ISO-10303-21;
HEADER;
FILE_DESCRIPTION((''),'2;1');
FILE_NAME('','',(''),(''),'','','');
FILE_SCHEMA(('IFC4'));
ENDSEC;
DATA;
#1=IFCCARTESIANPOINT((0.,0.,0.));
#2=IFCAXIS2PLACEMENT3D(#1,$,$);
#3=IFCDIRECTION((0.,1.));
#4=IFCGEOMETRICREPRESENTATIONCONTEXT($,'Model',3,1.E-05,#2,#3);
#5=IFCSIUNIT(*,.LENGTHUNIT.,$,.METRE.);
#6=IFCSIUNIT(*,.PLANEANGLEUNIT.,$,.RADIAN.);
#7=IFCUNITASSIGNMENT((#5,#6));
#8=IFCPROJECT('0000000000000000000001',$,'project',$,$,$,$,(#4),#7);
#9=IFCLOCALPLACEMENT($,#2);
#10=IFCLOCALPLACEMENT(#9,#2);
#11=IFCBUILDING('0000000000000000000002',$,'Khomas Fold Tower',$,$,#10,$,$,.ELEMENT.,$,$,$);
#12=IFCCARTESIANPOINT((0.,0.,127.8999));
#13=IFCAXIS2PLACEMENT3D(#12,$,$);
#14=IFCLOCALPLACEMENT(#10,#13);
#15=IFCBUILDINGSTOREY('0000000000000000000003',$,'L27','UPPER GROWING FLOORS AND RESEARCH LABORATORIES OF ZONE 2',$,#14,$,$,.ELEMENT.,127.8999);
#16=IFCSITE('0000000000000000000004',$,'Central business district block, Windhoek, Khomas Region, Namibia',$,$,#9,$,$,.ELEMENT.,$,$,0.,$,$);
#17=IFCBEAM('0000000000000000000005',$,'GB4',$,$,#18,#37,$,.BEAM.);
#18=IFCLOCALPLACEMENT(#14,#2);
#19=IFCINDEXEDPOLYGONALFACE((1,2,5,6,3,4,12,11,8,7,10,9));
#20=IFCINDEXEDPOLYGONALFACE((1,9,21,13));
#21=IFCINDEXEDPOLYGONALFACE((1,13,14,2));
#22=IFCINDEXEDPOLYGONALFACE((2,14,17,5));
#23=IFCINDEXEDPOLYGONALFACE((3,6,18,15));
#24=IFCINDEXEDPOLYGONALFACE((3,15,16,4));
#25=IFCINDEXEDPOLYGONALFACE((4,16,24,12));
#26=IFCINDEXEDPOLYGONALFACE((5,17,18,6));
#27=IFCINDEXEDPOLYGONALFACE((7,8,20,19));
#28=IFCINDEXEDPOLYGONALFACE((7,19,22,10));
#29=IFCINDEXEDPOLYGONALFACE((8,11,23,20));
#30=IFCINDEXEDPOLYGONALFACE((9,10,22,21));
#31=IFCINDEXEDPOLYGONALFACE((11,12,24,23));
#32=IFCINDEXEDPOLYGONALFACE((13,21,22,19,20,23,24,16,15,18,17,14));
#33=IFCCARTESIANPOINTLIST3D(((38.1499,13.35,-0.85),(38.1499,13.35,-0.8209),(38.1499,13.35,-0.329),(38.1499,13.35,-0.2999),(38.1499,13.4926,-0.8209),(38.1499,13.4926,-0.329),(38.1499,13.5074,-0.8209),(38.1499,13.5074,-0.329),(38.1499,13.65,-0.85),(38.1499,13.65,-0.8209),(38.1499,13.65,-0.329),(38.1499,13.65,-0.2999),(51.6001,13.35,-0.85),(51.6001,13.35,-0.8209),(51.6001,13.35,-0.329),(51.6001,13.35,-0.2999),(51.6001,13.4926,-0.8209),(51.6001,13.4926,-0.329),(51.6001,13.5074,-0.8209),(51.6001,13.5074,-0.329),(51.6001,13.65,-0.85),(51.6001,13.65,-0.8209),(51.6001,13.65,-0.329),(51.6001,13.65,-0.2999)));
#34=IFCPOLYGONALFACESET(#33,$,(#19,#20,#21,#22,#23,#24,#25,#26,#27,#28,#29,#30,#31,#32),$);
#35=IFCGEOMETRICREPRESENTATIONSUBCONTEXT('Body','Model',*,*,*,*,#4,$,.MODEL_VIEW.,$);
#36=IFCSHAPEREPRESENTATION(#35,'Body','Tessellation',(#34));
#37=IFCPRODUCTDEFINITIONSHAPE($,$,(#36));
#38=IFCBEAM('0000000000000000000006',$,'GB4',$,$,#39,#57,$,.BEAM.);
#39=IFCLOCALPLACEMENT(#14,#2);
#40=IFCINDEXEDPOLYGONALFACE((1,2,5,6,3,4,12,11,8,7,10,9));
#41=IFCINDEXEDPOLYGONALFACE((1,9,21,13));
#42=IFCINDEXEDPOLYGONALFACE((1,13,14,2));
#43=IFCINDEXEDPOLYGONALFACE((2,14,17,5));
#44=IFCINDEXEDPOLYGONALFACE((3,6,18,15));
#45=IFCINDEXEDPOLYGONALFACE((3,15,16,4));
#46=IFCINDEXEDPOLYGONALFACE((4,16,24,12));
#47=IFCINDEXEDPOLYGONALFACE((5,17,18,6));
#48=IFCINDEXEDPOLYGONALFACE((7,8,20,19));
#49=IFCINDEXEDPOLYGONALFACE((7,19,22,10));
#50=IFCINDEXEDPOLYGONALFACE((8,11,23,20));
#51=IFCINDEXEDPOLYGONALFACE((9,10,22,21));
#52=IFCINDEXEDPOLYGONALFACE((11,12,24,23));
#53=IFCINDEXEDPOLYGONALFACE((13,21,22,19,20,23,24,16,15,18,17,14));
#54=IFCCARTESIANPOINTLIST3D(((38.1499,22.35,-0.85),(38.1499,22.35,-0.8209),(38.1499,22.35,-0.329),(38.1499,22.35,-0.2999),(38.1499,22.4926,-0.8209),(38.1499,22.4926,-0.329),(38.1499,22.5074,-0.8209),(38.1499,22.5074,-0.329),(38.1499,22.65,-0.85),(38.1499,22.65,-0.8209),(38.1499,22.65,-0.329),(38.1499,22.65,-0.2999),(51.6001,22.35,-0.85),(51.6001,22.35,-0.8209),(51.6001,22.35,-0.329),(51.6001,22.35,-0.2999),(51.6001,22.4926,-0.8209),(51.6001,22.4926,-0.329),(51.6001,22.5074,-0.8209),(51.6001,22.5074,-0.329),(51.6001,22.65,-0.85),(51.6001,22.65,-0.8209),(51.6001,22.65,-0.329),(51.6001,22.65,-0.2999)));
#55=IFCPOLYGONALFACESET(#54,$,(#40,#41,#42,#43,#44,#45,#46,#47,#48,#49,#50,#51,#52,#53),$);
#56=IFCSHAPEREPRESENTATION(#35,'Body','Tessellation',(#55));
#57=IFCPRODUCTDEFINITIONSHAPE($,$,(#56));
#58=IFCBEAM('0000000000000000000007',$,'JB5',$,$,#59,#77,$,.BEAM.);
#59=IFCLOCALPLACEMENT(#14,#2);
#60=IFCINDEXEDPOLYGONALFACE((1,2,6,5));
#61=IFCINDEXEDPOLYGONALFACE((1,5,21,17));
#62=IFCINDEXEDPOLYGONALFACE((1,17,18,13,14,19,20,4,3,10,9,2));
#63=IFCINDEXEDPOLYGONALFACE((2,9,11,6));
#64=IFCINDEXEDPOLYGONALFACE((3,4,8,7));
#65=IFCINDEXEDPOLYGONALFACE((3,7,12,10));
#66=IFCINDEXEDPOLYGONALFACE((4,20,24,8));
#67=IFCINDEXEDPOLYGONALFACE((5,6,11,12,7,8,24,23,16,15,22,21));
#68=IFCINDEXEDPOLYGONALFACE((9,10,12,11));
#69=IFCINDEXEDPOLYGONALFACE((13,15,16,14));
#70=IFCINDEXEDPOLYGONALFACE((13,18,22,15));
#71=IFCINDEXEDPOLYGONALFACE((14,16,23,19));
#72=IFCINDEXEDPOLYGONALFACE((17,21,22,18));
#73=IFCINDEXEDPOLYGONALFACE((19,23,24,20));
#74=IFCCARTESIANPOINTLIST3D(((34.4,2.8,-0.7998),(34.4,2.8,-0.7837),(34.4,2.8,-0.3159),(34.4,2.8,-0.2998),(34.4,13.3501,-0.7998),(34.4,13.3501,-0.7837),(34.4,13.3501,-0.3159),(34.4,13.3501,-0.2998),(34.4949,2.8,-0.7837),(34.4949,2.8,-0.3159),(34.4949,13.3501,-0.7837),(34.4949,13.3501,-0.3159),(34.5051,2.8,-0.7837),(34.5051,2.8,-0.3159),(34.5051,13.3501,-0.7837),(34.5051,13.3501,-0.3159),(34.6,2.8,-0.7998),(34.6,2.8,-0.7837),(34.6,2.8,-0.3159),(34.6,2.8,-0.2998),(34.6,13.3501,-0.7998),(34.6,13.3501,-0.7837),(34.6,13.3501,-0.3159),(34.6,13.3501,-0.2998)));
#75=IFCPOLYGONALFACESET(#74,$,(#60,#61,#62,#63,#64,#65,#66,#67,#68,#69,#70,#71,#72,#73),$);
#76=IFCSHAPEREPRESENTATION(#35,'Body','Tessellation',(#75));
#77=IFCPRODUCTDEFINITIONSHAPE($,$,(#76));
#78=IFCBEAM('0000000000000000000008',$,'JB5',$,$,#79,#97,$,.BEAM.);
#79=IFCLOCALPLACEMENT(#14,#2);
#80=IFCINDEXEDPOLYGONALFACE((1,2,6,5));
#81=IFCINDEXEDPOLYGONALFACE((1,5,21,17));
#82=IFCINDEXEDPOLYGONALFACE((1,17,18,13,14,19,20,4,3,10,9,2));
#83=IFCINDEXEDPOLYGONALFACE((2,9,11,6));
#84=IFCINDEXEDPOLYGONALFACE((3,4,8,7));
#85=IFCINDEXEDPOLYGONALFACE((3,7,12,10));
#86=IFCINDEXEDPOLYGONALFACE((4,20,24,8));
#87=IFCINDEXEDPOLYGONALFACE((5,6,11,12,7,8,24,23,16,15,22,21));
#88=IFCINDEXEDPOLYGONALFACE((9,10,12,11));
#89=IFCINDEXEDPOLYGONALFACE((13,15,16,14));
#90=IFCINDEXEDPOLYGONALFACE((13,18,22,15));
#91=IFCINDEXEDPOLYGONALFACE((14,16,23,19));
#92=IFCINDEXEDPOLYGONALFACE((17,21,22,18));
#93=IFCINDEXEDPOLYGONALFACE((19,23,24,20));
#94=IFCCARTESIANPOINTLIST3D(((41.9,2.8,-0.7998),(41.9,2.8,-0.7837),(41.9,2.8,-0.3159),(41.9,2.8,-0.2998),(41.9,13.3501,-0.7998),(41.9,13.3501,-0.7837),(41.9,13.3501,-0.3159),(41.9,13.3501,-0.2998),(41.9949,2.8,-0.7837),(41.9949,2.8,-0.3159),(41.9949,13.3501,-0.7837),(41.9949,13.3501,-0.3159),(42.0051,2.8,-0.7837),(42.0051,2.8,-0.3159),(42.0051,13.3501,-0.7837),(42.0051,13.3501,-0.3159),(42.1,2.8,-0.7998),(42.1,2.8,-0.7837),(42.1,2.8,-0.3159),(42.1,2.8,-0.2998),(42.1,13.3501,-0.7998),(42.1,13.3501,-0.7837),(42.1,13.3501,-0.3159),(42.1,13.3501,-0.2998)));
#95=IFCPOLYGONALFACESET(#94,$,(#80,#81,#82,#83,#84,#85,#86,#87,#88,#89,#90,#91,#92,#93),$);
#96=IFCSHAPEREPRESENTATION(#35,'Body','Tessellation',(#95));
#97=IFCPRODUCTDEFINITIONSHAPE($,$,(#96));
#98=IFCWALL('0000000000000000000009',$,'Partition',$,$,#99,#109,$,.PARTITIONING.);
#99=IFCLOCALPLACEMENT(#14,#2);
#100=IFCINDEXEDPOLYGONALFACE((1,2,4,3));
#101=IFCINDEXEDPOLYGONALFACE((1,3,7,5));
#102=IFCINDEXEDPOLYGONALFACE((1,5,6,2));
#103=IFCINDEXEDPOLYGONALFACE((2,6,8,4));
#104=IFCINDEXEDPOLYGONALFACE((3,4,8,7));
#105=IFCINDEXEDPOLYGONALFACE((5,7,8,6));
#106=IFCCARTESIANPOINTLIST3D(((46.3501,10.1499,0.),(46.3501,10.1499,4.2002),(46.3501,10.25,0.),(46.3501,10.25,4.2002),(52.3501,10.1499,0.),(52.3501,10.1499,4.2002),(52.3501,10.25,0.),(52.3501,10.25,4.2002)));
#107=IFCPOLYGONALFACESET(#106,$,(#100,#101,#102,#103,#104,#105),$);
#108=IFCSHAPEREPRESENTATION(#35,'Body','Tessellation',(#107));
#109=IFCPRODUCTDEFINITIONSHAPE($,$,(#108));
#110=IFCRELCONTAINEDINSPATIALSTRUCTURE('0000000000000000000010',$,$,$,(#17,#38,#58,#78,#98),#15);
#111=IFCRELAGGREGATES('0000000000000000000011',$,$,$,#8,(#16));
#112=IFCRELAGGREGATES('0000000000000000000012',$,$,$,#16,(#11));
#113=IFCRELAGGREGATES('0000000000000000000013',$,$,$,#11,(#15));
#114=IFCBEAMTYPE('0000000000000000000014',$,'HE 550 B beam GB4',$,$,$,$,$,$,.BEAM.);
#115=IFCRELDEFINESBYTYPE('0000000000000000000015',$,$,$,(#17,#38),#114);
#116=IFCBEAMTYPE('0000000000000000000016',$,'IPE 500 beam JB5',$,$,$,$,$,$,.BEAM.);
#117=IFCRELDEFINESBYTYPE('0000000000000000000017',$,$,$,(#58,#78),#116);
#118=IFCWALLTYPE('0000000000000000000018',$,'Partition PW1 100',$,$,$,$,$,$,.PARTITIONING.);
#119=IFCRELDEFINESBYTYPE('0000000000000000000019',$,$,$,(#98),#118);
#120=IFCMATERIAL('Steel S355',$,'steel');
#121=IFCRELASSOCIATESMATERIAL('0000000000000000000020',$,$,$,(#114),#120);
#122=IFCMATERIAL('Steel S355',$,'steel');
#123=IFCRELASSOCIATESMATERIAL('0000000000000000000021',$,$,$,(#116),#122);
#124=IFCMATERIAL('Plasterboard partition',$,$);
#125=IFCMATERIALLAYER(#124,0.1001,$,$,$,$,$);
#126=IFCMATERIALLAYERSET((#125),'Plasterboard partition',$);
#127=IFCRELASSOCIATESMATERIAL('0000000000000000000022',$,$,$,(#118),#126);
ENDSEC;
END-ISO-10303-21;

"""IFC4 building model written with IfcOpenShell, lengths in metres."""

from ifc_helpers import new_model, si_unit, direction, frame, frame_2d, origin, origin_2d, place, context, subcontext, project, spatial, rectangle, i_section, extrude, source, transform, mapped, material, layer, layer_set, material_profile, profile_set, type_object, element, save


model = new_model("IFC4")

# Units and contexts
model_context = context("Model", 3, precision=1e-05, world=origin(), true_north=direction((0.0, 1.0)))
body_context = subcontext(model_context, "Body", "Model", "MODEL_VIEW")
ifc_project = project(units=[si_unit("LENGTHUNIT", "METRE"), si_unit("PLANEANGLEUNIT", "RADIAN")], contexts=[model_context])

# Site, building, storey
site_placement = place(None, origin())
site = spatial("IfcSite", under=ifc_project, at=site_placement, Name="Central business district block, Windhoek, Khomas Region, Namibia", CompositionType="ELEMENT", RefElevation=0.0)
building_placement = place(site_placement, origin())
building = spatial("IfcBuilding", under=site, at=building_placement, Name="Khomas Fold Tower", CompositionType="ELEMENT")
storey_placement = place(building_placement, frame((0.0, 0.0, 127.8999)))
storey = spatial("IfcBuildingStorey", under=building, at=storey_placement, Name="L27", Description="UPPER GROWING FLOORS AND RESEARCH LABORATORIES OF ZONE 2", CompositionType="ELEMENT", Elevation=127.8999)

# Beams
ifc_material_1 = material(Name="Steel S355", Category="steel")
ifc_material_profile_1 = material_profile(ifc_material_1, i_section(OverallWidth=0.3, OverallDepth=0.55, WebThickness=0.0149, FlangeThickness=0.0291, at=origin_2d()), Name="HE 550 B")
ifc_profile_set_1 = profile_set([ifc_material_profile_1], Name="Steel S355")
beam_type_1 = type_object("IfcBeamType", Name="HE 550 B beam GB4", PredefinedType="BEAM", material=ifc_profile_set_1)
shared_shape_1 = source(origin(), body_context, "Body", "SweptSolid", [
    extrude(i_section(OverallWidth=0.3, OverallDepth=0.55, WebThickness=0.0149, FlangeThickness=0.0291, at=origin_2d()), origin(), (0.0, 0.0, 1.0), 13.4502),
])
for number, where, z_axis, x_axis, name in (
    (1, (38.1499, 13.5, -0.575), (1.0, 0.0, 0.0), (0.0, 1.0, 0.0), "GB4"),
    (2, (38.1499, 22.5, -0.575), (1.0, 0.0, 0.0), (0.0, 1.0, 0.0), "GB4"),
):
    element("IfcBeam", number, at=place(storey_placement, frame(where, z_axis=z_axis, x_axis=x_axis)), inside=storey, type_object=beam_type_1, Name=name, PredefinedType="BEAM", context=body_context, shape_type="MappedRepresentation", body=[
        mapped(shared_shape_1, transform((0.0, 0.0, 0.0))),
    ])
ifc_material_2 = material(Name="Steel S355", Category="steel")
ifc_material_profile_2 = material_profile(ifc_material_2, i_section(OverallWidth=0.2, OverallDepth=0.5, WebThickness=0.0103, FlangeThickness=0.0161, at=origin_2d()), Name="IPE 500")
ifc_profile_set_2 = profile_set([ifc_material_profile_2], Name="Steel S355")
beam_type_2 = type_object("IfcBeamType", Name="IPE 500 beam JB5", PredefinedType="BEAM", material=ifc_profile_set_2)
shared_shape_2 = source(origin(), body_context, "Body", "SweptSolid", [
    extrude(i_section(OverallWidth=0.2, OverallDepth=0.5, WebThickness=0.0103, FlangeThickness=0.0161, at=origin_2d()), origin(), (0.0, 0.0, 1.0), 10.55),
])
for number, where, z_axis, x_axis, name in (
    (3, (34.5, 2.8, -0.5498), (0.0, 1.0, 0.0), (-1.0, 0.0, 0.0), "JB5"),
    (4, (42.0, 2.8, -0.5498), (0.0, 1.0, 0.0), (-1.0, 0.0, 0.0), "JB5"),
):
    element("IfcBeam", number, at=place(storey_placement, frame(where, z_axis=z_axis, x_axis=x_axis)), inside=storey, type_object=beam_type_2, Name=name, PredefinedType="BEAM", context=body_context, shape_type="MappedRepresentation", body=[
        mapped(shared_shape_2, transform((0.0, 0.0, 0.0))),
    ])

# Wall
ifc_material_3 = material(Name="Plasterboard partition")
ifc_layer_1 = layer(ifc_material_3, 0.1001)
ifc_layer_set_1 = layer_set([ifc_layer_1], Name="Plasterboard partition")
wall_type_1 = type_object("IfcWallType", Name="Partition PW1 100", PredefinedType="PARTITIONING", material=ifc_layer_set_1)
shared_shape_3 = source(origin(), body_context, "Body", "SweptSolid", [
    extrude(rectangle(XDim=6.0, YDim=0.1001, at=frame_2d((3.0, 0.0))), origin(), (0.0, 0.0, 1.0), 4.2002),
])
wall_1_placement = place(storey_placement, frame((46.3501, 10.2, 0.0), z_axis=(0.0, 0.0, 1.0), x_axis=(1.0, 0.0, 0.0)))
element("IfcWall", 5, at=wall_1_placement, inside=storey, type_object=wall_type_1, Name="Partition", PredefinedType="PARTITIONING", context=body_context, shape_type="MappedRepresentation", body=[
    mapped(shared_shape_3, transform((0.0, 0.0, 0.0))),
])

save(model, "model.ifc")
